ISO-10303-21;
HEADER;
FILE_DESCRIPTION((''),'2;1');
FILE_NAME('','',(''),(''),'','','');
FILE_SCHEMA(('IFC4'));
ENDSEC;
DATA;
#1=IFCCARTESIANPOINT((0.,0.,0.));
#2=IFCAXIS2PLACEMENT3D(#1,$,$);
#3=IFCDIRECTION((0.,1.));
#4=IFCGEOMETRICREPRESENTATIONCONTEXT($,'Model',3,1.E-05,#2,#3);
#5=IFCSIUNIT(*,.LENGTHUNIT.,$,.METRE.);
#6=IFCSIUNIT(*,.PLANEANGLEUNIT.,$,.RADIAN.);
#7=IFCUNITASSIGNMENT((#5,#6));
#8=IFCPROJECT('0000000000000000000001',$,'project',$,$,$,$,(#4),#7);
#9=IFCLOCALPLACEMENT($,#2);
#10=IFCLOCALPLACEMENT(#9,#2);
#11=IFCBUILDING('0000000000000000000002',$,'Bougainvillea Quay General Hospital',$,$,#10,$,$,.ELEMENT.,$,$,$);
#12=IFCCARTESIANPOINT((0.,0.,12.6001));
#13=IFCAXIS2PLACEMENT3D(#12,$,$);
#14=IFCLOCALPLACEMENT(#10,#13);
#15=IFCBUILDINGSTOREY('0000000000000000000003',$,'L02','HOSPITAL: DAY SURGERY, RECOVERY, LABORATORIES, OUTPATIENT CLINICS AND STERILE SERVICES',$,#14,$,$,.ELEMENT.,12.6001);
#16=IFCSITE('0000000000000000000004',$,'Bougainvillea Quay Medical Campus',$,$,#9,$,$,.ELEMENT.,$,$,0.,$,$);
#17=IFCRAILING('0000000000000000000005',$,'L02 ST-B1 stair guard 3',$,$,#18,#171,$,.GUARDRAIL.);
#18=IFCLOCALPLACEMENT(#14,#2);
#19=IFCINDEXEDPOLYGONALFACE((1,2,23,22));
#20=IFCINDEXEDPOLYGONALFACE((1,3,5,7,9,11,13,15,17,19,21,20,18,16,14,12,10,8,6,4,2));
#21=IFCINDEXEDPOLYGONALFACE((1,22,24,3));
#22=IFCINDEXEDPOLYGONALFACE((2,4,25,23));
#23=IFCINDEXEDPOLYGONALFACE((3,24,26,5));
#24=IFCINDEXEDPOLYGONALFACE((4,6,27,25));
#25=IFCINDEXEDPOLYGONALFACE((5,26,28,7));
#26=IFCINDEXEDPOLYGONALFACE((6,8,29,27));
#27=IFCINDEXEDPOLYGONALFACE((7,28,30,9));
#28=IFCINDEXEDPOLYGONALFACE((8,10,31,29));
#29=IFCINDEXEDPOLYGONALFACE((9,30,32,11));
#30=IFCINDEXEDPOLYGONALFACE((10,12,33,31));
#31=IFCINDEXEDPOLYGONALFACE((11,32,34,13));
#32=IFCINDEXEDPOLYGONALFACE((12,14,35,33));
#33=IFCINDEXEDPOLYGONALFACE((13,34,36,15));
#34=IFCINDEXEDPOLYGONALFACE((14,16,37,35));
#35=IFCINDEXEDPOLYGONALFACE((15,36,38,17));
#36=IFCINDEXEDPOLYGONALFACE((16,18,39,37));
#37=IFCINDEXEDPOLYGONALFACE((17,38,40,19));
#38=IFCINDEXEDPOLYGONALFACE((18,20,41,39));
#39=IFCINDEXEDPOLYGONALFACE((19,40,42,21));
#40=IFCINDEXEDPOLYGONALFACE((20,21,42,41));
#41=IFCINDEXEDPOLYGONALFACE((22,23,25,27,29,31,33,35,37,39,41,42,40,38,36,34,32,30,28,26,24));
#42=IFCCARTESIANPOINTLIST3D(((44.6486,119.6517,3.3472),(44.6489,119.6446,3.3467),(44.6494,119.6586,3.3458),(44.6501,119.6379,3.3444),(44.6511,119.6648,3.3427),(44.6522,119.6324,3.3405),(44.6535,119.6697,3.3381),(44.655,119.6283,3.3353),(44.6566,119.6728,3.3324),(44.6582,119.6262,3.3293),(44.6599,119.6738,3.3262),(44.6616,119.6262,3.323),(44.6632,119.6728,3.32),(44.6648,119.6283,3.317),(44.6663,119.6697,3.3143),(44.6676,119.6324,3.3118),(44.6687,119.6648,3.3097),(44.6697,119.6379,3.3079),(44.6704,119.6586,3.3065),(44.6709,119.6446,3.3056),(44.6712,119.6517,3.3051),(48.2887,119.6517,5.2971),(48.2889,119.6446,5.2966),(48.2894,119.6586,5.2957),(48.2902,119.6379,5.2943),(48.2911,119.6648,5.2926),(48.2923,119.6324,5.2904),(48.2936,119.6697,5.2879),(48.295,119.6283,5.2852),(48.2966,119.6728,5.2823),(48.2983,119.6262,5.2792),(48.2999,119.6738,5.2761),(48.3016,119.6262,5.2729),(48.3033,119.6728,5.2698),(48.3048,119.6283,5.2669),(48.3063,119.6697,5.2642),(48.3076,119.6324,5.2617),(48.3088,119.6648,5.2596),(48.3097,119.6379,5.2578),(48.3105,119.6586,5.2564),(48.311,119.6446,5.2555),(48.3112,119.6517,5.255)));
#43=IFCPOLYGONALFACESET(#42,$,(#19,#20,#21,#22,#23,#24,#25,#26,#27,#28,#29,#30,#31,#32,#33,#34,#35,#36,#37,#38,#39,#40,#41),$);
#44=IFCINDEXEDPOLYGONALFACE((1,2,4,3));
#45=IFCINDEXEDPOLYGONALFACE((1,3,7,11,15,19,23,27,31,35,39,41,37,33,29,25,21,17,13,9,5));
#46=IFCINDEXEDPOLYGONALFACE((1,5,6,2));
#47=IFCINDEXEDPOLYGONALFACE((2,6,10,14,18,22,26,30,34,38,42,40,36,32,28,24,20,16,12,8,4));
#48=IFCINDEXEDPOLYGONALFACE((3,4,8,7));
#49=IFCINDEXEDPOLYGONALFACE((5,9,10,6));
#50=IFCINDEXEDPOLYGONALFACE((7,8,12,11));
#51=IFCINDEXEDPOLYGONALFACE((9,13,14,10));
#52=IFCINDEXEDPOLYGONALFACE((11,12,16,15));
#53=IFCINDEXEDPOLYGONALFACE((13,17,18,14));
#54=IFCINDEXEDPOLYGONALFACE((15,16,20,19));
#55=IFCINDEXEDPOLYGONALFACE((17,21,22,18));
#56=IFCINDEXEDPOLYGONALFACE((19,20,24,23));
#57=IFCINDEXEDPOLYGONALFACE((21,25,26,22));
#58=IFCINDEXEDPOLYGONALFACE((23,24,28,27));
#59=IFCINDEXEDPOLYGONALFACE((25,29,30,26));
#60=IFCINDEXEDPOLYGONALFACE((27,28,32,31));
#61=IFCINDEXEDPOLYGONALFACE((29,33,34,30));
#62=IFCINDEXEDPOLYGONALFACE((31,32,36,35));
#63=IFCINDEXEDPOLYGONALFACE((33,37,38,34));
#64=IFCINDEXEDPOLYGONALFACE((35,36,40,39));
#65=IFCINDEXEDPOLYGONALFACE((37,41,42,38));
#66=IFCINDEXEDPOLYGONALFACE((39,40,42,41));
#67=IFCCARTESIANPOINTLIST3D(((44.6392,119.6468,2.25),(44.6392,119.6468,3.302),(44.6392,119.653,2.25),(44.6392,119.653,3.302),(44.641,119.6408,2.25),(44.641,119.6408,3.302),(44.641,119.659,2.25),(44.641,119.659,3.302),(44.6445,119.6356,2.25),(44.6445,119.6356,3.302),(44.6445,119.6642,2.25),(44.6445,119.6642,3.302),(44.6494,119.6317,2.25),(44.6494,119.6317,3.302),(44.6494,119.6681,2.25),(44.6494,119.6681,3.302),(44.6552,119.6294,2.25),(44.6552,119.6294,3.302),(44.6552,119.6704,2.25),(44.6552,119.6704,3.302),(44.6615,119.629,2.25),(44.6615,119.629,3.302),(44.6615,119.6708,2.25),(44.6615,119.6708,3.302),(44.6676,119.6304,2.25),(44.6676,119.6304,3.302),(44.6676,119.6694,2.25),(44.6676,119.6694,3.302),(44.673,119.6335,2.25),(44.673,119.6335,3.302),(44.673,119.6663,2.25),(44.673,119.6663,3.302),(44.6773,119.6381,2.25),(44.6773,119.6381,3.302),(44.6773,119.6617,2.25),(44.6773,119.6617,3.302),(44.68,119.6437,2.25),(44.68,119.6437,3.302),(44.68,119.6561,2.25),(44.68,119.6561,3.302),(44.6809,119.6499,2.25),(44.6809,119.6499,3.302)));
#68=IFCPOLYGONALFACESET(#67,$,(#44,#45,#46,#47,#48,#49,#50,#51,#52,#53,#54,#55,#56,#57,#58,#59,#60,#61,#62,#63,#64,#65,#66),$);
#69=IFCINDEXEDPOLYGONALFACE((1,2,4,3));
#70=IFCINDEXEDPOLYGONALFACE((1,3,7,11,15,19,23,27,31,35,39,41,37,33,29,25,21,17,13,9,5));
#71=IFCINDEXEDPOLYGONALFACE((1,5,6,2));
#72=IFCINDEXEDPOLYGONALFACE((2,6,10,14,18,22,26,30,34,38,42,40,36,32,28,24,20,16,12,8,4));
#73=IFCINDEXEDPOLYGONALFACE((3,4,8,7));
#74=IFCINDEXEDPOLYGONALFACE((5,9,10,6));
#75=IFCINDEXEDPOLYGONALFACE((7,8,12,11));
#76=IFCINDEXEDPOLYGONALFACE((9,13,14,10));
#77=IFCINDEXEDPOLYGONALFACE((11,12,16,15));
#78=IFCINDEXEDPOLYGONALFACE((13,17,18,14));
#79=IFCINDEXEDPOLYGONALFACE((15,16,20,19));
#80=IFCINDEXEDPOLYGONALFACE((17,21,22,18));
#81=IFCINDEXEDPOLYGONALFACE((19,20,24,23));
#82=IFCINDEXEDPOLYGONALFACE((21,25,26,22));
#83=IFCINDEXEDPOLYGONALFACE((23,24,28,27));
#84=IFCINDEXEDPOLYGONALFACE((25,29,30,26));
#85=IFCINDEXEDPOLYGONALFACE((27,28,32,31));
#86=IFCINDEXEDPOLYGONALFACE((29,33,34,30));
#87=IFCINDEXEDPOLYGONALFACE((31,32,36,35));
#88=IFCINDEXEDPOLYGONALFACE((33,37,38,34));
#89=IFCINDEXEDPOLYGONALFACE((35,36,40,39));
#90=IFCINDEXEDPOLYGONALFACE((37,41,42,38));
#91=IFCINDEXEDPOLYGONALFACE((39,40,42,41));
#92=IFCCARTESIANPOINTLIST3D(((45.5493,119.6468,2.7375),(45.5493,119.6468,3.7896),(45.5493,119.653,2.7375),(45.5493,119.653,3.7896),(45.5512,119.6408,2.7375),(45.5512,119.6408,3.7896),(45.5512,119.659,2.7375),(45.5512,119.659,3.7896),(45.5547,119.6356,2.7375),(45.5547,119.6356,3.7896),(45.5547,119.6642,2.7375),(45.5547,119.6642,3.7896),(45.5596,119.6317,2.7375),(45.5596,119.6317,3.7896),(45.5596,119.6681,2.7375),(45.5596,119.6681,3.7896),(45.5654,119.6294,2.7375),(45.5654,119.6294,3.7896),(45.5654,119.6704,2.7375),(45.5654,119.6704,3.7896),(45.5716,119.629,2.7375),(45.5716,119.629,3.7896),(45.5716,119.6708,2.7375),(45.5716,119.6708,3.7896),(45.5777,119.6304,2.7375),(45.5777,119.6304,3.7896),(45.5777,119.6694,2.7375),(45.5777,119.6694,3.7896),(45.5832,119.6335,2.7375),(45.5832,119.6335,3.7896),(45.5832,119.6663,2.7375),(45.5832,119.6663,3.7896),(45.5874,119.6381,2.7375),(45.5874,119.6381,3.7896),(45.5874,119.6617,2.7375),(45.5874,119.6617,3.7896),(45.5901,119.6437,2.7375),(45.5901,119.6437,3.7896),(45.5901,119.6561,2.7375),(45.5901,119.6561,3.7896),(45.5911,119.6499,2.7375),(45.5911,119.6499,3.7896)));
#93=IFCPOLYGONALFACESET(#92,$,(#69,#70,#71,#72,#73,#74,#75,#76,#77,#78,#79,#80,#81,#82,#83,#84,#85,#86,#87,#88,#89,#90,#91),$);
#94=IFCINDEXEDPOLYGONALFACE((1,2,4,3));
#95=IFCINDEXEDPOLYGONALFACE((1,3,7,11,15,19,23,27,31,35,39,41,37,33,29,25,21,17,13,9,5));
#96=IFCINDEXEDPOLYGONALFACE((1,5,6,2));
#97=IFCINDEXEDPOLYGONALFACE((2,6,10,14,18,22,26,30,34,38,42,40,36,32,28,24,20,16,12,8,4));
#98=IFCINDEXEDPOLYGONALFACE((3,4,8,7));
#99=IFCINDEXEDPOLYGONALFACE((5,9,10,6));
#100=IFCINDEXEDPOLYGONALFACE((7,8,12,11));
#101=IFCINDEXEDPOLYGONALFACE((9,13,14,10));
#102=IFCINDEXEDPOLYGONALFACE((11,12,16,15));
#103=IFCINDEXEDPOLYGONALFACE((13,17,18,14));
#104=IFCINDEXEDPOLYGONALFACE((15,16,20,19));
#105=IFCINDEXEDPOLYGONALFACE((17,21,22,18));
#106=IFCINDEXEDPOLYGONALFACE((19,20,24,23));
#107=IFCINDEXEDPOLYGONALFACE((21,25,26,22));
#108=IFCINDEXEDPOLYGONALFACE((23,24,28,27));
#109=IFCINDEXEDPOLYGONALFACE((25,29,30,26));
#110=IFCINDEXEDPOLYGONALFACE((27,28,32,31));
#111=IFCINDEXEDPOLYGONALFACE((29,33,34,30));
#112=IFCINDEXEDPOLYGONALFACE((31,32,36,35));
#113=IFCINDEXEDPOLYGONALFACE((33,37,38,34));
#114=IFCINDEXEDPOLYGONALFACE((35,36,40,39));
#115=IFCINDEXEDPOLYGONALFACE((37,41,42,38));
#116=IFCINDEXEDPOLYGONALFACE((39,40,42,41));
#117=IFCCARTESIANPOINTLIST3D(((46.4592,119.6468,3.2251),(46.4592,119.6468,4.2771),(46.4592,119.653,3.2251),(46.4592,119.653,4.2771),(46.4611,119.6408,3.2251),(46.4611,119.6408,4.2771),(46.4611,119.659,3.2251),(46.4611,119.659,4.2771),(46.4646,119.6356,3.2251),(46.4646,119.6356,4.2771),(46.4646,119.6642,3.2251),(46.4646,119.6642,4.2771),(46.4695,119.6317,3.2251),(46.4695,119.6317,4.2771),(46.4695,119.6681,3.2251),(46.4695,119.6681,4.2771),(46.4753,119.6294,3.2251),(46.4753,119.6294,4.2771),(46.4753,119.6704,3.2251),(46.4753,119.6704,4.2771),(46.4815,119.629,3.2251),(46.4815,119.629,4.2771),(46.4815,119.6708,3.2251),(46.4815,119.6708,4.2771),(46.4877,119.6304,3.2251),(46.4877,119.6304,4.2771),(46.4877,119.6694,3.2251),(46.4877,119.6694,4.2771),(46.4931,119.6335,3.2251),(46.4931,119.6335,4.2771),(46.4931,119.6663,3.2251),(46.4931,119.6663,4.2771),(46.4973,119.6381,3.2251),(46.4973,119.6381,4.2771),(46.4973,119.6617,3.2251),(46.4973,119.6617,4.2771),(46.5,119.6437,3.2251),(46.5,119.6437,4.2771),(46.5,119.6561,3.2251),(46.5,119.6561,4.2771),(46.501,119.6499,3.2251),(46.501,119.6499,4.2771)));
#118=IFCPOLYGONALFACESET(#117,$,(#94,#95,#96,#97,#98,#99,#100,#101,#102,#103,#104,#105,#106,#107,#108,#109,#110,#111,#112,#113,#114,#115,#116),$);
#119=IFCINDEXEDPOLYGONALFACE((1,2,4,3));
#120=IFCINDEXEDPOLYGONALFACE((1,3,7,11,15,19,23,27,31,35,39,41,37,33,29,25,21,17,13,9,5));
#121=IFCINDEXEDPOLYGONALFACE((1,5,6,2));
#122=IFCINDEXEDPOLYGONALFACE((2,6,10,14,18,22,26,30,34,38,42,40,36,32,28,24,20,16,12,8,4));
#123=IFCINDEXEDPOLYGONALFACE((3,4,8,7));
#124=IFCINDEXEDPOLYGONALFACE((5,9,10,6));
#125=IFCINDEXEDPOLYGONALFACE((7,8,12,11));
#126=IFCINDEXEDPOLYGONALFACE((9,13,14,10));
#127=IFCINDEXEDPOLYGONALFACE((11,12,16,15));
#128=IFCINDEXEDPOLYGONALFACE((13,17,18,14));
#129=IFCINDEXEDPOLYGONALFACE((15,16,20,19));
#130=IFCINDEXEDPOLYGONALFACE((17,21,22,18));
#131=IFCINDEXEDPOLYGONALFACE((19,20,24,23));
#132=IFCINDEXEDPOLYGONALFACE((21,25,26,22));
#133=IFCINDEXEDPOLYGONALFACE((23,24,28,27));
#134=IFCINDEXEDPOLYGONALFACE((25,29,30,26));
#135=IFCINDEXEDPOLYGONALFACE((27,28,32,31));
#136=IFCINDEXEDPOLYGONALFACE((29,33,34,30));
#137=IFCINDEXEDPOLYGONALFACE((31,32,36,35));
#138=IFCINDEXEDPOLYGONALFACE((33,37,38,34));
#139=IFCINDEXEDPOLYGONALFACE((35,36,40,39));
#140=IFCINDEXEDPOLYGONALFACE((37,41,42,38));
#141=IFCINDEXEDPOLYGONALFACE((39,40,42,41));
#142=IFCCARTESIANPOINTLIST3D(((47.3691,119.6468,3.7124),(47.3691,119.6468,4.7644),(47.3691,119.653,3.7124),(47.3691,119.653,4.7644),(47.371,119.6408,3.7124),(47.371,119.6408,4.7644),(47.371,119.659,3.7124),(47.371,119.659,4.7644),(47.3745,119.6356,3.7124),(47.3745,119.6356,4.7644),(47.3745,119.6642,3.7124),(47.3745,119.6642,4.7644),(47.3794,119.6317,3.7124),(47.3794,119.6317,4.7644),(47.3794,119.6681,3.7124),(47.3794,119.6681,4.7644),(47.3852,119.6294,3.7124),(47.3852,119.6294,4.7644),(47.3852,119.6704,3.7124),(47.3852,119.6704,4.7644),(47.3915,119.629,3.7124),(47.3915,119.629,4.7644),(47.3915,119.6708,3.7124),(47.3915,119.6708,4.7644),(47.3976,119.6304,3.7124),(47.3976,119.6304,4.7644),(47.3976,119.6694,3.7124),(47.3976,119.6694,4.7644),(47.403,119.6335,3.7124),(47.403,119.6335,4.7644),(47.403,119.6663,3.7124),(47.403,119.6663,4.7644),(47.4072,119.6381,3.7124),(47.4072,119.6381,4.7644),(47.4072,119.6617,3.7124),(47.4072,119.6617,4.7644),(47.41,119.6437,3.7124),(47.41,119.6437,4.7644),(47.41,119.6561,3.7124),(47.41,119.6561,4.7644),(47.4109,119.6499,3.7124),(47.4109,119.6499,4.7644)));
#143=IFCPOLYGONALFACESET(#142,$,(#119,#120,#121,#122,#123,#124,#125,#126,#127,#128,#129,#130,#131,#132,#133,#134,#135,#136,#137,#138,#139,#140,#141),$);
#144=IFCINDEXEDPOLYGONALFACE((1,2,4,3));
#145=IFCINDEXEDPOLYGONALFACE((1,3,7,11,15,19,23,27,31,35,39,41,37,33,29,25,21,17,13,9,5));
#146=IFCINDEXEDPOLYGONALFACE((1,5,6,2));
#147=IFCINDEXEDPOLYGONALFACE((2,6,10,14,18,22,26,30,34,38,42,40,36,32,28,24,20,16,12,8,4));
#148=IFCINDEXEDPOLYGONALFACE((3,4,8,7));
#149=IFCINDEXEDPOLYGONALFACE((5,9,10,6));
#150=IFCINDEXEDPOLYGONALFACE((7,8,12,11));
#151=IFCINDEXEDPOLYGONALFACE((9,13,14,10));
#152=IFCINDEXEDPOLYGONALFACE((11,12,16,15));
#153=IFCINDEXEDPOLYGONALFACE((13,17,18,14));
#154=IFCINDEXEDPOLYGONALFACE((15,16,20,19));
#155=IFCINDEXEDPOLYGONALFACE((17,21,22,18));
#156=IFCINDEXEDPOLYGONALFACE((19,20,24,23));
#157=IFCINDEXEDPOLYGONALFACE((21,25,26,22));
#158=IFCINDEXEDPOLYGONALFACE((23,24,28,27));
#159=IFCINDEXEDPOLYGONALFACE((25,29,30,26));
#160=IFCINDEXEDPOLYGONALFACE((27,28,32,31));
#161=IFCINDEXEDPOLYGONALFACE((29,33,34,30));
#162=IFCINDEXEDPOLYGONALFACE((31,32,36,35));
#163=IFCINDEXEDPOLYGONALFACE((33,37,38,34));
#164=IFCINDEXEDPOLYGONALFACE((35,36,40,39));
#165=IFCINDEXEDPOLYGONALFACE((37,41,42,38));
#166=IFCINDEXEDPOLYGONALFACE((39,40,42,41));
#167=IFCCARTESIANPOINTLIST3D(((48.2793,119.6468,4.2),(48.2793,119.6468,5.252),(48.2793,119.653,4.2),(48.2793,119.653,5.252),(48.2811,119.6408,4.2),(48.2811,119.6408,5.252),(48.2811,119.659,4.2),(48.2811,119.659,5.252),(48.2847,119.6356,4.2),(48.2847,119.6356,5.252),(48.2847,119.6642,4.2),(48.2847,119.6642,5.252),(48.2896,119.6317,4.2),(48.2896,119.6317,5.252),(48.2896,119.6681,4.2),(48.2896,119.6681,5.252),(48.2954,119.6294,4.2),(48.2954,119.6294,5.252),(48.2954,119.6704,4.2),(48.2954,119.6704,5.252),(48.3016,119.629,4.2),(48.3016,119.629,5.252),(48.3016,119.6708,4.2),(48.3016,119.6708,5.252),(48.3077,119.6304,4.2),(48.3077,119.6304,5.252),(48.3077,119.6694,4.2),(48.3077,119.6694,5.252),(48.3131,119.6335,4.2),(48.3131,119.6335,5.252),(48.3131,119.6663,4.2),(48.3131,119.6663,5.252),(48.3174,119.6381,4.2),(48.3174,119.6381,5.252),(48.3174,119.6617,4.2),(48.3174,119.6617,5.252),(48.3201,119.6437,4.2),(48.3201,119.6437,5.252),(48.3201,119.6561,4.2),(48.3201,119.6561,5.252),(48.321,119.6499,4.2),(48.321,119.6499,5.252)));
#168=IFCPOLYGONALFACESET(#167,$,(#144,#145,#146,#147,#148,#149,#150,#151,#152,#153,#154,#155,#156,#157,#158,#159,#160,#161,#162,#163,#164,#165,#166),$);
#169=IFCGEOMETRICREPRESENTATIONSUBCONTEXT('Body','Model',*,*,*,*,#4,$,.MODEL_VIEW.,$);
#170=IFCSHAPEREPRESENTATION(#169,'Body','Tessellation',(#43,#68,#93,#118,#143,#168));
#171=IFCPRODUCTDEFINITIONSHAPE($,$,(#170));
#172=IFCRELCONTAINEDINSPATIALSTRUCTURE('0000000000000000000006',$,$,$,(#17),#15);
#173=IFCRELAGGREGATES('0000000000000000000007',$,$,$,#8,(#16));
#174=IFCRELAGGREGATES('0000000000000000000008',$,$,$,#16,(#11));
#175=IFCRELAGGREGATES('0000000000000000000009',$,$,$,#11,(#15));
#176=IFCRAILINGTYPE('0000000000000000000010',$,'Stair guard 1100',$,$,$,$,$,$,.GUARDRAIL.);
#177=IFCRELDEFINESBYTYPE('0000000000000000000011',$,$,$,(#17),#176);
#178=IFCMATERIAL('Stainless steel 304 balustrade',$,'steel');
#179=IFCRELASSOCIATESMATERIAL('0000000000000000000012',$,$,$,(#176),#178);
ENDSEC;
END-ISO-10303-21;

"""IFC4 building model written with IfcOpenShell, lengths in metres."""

from ifc_helpers import new_model, si_unit, direction, frame, origin, origin_2d, place, context, subcontext, project, spatial, circle, extrude, material, type_object, element, save


model = new_model("IFC4")

# Units and contexts
model_context = context("Model", 3, precision=1e-05, world=origin(), true_north=direction((0.0, 1.0)))
body_context = subcontext(model_context, "Body", "Model", "MODEL_VIEW")
ifc_project = project(units=[si_unit("LENGTHUNIT", "METRE"), si_unit("PLANEANGLEUNIT", "RADIAN")], contexts=[model_context])

# Site, building, storey
site_placement = place(None, origin())
site = spatial("IfcSite", under=ifc_project, at=site_placement, Name="Bougainvillea Quay Medical Campus", CompositionType="ELEMENT", RefElevation=0.0)
building_placement = place(site_placement, origin())
building = spatial("IfcBuilding", under=site, at=building_placement, Name="Bougainvillea Quay General Hospital", CompositionType="ELEMENT")
storey_placement = place(building_placement, frame((0.0, 0.0, 12.6001)))
storey = spatial("IfcBuildingStorey", under=building, at=storey_placement, Name="L02", Description="HOSPITAL: DAY SURGERY, RECOVERY, LABORATORIES, OUTPATIENT CLINICS AND STERILE SERVICES", CompositionType="ELEMENT", Elevation=12.6001)

# Railing
ifc_material_1 = material(Name="Stainless steel 304 balustrade", Category="steel")
railing_type_1 = type_object("IfcRailingType", Name="Stair guard 1100", PredefinedType="GUARDRAIL", material=ifc_material_1)
railing_1_placement = place(storey_placement, frame((44.6599, 119.6499, 2.25)))
element("IfcRailing", 1, at=railing_1_placement, inside=storey, type_object=railing_type_1, Name="L02 ST-B1 stair guard 3", PredefinedType="GUARDRAIL", context=body_context, shape_type="SweptSolid", body=[
    extrude(circle(Radius=0.0239, at=origin_2d()), frame((0.0, 0.0, 1.0762), z_axis=(0.881492, 0.0, 0.472198), x_axis=(0.0, 1.0, 0.0)), (0.0, 0.0, 1.0), 4.1294),
    extrude(circle(Radius=0.021, at=origin_2d()), origin(), (0.0, 0.0, 1.0), 1.052),
    extrude(circle(Radius=0.021, at=origin_2d()), frame((0.9102, 0.0, 0.4875)), (0.0, 0.0, 1.0), 1.052),
    extrude(circle(Radius=0.021, at=origin_2d()), frame((1.8201, 0.0, 0.9751)), (0.0, 0.0, 1.0), 1.052),
    extrude(circle(Radius=0.021, at=origin_2d()), frame((2.73, 0.0, 1.4624)), (0.0, 0.0, 1.0), 1.052),
    extrude(circle(Radius=0.021, at=origin_2d()), frame((3.6401, 0.0, 1.95)), (0.0, 0.0, 1.0), 1.052),
])

save(model, "model.ifc")
